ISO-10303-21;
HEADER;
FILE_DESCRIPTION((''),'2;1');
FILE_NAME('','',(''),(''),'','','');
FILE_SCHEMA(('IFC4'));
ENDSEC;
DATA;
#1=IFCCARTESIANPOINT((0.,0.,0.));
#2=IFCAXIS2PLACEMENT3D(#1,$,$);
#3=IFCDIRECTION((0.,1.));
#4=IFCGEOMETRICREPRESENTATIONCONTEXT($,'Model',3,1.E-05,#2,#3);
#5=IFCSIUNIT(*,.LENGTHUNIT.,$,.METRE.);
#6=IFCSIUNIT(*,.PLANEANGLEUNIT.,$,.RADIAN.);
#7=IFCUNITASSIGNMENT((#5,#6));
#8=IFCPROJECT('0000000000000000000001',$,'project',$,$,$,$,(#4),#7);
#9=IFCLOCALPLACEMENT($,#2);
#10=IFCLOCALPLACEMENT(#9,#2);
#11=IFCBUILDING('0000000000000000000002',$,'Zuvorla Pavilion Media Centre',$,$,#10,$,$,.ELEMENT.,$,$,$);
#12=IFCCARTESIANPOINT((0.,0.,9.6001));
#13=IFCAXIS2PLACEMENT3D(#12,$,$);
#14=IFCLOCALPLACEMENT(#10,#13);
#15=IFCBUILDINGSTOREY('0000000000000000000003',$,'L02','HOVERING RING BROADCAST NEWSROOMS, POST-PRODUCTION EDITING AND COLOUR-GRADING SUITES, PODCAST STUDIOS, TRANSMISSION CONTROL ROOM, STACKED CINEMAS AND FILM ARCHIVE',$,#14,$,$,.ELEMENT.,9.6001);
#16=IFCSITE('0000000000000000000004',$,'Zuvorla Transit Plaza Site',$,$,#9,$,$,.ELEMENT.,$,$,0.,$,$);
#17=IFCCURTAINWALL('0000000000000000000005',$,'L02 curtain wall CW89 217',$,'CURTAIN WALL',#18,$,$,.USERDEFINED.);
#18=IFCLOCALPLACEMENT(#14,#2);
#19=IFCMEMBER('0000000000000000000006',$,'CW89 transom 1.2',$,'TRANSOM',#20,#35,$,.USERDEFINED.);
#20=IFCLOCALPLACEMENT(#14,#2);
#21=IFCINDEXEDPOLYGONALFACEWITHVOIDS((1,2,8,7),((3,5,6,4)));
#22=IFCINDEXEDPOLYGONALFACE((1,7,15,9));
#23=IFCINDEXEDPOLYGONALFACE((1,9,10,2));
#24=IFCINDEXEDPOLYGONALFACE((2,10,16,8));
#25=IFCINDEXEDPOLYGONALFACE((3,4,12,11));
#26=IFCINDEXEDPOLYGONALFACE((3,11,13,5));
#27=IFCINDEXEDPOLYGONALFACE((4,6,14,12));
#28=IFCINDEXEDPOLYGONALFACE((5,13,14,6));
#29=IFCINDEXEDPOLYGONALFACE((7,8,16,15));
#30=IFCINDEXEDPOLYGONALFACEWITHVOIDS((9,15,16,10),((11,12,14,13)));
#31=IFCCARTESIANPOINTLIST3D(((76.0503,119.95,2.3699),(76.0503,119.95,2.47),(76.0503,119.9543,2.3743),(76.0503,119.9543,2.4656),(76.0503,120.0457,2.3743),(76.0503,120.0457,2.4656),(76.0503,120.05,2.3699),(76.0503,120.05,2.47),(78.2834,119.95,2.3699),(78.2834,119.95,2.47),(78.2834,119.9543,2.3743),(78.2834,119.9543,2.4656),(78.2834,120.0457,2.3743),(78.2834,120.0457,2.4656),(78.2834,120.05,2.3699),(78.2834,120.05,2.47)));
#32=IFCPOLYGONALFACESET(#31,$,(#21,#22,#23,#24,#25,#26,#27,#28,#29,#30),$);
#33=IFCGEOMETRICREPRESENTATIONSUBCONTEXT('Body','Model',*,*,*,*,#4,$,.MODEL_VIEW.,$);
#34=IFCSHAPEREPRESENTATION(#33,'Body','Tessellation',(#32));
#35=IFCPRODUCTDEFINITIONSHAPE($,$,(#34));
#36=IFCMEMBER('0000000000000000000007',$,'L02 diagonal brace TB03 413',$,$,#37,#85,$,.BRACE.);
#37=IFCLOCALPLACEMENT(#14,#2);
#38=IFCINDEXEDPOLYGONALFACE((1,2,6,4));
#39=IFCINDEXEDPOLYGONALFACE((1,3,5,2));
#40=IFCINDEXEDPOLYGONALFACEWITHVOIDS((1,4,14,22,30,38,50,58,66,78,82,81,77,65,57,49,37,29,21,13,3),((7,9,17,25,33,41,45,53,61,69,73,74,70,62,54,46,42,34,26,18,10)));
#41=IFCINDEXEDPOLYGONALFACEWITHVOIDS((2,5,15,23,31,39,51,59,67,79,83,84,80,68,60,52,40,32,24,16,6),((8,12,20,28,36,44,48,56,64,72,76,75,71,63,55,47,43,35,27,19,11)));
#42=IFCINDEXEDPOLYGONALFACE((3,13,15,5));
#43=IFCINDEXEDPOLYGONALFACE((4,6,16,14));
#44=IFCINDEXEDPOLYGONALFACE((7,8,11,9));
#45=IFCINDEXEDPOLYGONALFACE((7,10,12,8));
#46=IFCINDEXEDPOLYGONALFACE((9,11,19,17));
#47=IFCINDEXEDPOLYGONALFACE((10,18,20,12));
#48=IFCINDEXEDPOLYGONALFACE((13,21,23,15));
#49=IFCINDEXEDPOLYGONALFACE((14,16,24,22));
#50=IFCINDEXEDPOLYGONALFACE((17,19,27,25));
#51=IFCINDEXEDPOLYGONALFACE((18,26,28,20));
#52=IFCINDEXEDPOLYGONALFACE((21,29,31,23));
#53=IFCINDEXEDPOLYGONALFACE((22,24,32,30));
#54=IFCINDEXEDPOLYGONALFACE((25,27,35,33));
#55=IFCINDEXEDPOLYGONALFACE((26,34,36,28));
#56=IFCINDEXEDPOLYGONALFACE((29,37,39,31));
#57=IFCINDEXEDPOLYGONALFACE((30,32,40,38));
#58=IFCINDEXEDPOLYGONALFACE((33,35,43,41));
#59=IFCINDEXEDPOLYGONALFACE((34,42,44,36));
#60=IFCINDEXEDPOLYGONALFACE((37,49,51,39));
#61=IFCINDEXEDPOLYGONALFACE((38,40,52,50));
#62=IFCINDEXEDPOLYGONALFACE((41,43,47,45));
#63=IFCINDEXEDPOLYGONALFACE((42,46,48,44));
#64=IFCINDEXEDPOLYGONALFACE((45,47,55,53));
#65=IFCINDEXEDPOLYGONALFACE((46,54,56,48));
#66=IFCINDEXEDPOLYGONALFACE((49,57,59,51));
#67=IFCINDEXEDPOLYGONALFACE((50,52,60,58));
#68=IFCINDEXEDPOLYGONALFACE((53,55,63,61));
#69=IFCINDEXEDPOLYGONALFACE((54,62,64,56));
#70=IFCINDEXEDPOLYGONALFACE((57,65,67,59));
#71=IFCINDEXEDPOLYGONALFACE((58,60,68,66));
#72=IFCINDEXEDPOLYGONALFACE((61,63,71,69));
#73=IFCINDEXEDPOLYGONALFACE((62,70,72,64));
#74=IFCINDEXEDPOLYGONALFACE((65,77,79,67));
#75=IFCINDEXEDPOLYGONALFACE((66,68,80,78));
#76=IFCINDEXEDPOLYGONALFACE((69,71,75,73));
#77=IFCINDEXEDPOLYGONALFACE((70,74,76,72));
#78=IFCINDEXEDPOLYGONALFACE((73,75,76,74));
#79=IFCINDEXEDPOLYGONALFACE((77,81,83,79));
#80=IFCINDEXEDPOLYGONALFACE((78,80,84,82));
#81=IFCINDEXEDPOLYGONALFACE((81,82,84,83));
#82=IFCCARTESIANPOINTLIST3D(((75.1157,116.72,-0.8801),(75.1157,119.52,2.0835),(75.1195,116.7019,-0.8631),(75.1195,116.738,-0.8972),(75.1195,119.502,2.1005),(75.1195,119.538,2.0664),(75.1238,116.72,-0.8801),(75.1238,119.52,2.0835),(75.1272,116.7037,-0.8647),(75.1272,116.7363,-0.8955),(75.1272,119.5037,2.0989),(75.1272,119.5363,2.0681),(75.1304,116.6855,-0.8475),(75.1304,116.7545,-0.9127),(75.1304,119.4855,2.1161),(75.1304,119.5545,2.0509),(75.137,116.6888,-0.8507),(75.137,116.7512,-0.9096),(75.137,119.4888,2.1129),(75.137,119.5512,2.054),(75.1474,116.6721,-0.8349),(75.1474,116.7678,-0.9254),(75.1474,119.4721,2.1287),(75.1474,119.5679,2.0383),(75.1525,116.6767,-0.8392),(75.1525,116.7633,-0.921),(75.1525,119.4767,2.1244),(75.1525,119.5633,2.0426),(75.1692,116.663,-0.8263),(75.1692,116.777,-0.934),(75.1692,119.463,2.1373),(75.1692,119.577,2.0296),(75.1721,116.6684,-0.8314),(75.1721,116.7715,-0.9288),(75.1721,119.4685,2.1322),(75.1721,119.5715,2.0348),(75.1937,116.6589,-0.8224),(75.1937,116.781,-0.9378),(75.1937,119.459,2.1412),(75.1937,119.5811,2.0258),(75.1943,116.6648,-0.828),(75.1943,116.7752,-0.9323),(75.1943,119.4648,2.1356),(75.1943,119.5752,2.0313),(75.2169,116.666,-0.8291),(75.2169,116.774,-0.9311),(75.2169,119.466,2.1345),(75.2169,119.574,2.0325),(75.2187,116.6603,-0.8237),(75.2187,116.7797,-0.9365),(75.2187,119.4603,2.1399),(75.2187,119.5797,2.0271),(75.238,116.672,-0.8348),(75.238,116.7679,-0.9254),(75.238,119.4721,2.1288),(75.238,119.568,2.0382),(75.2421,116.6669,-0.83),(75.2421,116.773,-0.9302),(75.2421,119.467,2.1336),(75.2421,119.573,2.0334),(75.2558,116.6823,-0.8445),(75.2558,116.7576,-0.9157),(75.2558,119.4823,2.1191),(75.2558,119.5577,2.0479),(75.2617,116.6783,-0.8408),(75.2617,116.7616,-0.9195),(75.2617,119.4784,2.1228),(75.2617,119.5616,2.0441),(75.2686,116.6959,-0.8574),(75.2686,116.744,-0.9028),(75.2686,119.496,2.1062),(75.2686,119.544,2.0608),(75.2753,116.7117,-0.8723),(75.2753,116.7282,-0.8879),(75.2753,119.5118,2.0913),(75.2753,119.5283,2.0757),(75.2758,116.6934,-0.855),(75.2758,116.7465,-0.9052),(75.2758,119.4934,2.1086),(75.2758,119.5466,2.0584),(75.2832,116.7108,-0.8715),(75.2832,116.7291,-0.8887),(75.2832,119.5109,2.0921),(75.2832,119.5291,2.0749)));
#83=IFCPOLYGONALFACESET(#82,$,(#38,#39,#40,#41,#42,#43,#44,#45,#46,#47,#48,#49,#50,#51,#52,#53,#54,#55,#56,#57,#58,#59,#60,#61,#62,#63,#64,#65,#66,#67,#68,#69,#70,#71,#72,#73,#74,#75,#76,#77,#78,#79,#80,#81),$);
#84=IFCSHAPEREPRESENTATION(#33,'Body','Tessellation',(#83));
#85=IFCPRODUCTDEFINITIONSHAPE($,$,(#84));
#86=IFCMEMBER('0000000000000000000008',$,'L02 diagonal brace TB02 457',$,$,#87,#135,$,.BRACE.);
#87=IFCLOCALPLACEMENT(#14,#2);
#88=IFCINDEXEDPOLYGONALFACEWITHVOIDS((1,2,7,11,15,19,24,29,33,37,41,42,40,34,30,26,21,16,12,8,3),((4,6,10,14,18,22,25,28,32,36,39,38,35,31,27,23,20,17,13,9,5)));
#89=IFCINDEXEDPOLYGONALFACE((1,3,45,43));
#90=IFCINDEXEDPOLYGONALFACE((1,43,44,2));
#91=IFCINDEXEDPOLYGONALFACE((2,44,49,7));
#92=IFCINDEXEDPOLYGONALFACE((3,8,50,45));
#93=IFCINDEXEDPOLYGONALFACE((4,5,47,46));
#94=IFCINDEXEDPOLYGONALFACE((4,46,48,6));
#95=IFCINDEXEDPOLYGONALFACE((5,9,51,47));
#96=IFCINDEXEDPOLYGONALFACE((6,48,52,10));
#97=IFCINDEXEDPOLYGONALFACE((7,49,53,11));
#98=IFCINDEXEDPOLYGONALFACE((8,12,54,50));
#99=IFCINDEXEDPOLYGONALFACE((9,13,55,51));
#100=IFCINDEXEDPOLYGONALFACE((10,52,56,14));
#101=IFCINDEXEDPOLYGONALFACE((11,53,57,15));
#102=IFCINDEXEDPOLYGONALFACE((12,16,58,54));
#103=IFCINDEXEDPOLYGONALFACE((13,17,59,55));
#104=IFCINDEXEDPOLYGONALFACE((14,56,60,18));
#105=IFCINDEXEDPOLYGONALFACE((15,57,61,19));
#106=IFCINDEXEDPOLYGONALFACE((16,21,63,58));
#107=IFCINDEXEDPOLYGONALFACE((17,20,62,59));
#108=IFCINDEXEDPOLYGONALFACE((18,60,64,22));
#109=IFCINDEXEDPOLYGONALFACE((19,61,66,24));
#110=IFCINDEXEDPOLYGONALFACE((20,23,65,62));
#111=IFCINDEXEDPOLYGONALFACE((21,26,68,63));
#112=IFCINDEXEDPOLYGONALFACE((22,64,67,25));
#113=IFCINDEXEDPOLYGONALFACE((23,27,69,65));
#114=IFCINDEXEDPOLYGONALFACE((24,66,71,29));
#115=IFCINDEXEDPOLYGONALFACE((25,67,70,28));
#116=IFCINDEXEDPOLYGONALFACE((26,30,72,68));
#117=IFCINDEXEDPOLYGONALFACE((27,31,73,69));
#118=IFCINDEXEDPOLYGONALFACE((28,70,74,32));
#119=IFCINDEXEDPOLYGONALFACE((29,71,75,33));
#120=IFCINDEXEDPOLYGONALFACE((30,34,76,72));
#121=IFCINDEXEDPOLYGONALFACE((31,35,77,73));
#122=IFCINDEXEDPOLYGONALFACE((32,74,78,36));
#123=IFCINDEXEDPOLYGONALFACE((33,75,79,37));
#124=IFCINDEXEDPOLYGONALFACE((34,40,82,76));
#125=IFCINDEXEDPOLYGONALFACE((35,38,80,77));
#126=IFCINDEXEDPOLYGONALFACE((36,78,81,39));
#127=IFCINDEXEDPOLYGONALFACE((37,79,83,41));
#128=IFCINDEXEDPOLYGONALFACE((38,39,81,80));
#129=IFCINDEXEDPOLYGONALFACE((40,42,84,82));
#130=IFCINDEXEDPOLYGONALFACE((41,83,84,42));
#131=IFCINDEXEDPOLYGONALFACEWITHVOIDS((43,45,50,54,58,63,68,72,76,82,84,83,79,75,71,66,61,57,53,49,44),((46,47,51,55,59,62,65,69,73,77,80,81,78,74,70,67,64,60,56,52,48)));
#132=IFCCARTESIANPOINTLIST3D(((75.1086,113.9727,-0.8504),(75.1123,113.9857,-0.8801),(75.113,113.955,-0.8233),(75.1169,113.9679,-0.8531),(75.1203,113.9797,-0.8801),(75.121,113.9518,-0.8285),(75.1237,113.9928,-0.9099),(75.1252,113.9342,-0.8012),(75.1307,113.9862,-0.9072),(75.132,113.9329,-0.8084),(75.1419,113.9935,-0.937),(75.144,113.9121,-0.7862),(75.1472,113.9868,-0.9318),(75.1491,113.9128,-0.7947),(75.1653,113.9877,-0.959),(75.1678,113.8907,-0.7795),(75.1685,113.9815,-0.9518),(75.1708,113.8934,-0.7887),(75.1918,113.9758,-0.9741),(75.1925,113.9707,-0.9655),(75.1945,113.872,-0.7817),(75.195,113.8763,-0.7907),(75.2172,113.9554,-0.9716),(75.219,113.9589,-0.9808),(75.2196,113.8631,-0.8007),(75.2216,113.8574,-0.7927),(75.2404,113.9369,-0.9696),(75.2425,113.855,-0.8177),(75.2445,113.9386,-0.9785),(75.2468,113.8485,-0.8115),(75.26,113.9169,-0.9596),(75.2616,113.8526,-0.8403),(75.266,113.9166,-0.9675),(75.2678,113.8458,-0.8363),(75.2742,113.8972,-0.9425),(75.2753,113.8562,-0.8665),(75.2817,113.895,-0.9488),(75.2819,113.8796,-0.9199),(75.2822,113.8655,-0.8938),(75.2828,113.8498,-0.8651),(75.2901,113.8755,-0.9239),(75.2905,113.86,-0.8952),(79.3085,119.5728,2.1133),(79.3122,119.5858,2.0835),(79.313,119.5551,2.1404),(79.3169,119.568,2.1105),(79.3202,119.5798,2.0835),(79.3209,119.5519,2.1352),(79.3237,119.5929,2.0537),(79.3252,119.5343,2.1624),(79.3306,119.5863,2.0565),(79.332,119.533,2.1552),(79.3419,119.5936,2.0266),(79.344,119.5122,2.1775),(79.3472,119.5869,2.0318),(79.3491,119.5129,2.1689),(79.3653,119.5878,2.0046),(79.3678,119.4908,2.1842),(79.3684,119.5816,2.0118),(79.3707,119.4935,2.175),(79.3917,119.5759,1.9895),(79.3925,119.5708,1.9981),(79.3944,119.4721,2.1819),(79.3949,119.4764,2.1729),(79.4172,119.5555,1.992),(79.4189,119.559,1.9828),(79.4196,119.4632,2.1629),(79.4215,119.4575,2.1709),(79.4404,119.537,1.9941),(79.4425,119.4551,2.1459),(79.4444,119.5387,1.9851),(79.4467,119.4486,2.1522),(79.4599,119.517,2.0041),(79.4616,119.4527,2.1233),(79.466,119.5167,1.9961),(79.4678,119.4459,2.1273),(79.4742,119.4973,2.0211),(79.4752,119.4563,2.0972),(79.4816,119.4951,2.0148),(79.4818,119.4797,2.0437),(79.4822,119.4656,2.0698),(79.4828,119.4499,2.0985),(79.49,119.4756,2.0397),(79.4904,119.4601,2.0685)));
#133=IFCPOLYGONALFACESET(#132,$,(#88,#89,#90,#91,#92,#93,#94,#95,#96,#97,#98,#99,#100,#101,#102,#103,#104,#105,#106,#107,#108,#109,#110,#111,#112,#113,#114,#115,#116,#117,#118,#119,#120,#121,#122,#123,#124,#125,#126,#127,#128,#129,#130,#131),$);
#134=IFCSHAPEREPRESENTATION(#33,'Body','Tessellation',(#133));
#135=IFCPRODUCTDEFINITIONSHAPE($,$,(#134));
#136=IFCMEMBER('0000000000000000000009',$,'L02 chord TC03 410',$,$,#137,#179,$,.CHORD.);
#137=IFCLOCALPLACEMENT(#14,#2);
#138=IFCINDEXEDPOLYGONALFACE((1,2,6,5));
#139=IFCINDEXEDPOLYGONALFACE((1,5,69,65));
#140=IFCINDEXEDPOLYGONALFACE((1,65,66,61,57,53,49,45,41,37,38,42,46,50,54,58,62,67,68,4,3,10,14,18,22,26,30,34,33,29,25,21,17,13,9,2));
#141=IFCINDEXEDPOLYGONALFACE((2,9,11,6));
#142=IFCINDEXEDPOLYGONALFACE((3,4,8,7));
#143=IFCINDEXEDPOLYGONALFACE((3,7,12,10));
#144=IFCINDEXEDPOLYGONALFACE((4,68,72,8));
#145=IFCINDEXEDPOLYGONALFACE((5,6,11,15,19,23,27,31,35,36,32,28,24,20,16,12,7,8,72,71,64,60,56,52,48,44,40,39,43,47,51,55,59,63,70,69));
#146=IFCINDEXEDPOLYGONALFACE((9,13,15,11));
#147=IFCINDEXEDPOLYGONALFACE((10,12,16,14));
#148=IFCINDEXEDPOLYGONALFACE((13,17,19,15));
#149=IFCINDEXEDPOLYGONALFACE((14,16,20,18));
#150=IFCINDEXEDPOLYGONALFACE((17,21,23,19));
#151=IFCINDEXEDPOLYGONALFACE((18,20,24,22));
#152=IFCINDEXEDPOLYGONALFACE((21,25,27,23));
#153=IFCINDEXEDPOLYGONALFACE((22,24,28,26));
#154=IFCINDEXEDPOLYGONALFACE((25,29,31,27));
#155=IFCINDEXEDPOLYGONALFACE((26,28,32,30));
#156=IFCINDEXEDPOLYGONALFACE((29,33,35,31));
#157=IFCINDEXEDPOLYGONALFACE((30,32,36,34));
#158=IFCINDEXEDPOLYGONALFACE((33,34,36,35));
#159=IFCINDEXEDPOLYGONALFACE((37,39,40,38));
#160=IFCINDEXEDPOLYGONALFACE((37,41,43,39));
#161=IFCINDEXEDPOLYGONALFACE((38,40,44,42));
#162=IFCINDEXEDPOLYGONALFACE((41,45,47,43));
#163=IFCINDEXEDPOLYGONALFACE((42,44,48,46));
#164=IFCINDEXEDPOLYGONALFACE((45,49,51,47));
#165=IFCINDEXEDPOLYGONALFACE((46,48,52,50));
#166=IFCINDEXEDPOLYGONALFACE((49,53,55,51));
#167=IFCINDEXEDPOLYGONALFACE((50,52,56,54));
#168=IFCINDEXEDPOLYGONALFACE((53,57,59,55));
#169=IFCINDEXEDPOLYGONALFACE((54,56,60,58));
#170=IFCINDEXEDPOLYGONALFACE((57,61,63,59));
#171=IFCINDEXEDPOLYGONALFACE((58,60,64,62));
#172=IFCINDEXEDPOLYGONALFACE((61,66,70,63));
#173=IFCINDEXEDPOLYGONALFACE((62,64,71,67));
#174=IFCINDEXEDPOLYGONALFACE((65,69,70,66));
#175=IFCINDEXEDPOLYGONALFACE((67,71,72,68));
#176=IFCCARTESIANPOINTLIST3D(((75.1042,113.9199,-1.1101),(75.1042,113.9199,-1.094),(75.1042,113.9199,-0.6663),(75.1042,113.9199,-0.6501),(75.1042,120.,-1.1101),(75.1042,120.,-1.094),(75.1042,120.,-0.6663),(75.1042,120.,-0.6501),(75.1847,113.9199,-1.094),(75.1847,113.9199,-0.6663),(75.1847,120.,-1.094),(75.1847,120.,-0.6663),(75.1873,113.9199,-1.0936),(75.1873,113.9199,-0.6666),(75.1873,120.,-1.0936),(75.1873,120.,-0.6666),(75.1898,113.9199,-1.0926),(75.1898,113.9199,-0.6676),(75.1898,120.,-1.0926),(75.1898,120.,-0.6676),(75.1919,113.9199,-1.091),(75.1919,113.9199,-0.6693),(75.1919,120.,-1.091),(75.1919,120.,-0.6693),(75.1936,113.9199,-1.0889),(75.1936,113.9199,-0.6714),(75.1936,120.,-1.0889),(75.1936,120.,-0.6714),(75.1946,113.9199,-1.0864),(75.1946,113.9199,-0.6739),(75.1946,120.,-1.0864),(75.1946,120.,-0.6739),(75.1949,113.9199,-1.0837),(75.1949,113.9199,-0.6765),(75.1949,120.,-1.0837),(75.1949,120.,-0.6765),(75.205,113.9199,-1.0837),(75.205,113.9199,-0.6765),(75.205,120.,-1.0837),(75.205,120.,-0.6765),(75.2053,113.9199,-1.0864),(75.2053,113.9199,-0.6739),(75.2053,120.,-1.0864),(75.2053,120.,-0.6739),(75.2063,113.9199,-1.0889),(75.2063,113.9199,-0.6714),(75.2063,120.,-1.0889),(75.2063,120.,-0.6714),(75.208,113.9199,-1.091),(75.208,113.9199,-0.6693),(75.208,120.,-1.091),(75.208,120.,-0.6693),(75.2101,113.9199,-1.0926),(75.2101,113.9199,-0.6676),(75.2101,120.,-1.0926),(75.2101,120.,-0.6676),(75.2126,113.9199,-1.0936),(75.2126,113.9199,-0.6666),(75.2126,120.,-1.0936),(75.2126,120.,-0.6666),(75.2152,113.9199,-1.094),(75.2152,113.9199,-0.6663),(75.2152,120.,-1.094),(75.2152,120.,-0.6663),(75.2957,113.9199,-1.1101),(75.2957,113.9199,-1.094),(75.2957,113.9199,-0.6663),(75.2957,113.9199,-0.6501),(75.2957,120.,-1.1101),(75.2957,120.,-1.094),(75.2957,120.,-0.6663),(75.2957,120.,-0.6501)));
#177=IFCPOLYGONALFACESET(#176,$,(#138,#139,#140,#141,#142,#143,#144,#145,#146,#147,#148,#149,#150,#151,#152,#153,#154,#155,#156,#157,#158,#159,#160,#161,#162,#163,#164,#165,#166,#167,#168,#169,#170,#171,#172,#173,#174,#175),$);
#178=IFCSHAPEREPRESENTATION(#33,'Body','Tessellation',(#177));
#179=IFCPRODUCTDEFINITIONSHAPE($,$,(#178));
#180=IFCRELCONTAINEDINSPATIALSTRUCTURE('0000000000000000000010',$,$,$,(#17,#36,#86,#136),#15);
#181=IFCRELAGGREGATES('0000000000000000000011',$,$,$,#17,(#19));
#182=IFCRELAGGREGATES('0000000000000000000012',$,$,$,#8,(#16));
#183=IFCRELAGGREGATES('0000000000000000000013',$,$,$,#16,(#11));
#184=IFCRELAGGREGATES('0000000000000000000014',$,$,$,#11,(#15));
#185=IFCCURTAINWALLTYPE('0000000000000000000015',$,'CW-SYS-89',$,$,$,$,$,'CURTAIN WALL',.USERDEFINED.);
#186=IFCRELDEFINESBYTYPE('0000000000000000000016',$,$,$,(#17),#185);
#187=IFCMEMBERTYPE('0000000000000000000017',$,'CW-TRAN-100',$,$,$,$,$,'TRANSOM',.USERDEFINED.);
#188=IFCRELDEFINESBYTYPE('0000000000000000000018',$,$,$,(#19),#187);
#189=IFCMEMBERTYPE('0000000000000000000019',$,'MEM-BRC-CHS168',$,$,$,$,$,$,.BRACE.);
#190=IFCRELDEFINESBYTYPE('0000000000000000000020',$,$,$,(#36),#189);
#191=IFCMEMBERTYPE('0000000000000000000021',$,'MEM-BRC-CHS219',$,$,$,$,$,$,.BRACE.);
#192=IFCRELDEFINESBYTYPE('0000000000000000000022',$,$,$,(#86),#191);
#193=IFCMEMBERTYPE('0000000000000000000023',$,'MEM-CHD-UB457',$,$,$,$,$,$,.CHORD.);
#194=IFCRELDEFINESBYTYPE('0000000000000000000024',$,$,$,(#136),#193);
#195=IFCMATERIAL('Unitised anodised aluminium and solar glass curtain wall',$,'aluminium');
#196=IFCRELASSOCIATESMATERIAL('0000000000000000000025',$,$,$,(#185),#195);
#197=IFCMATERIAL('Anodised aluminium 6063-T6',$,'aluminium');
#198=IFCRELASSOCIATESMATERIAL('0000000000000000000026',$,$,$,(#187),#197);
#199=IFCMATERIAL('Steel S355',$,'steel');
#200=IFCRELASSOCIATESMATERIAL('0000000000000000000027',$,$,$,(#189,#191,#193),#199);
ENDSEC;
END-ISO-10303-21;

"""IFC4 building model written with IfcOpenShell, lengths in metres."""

from ifc_helpers import new_model, si_unit, direction, frame, origin, origin_2d, place, context, subcontext, project, spatial, hollow_rectangle, hollow_circle, i_section, extrude, material, material_profile, profile_set, type_object, element, aggregate, save


model = new_model("IFC4")

# Units and contexts
model_context = context("Model", 3, precision=1e-05, world=origin(), true_north=direction((0.0, 1.0)))
body_context = subcontext(model_context, "Body", "Model", "MODEL_VIEW")
ifc_project = project(units=[si_unit("LENGTHUNIT", "METRE"), si_unit("PLANEANGLEUNIT", "RADIAN")], contexts=[model_context])

# Site, building, storey
site_placement = place(None, origin())
site = spatial("IfcSite", under=ifc_project, at=site_placement, Name="Zuvorla Transit Plaza Site", CompositionType="ELEMENT", RefElevation=0.0)
building_placement = place(site_placement, origin())
building = spatial("IfcBuilding", under=site, at=building_placement, Name="Zuvorla Pavilion Media Centre", CompositionType="ELEMENT")
storey_placement = place(building_placement, frame((0.0, 0.0, 9.6001)))
storey = spatial("IfcBuildingStorey", under=building, at=storey_placement, Name="L02", Description="HOVERING RING BROADCAST NEWSROOMS, POST-PRODUCTION EDITING AND COLOUR-GRADING SUITES, PODCAST STUDIOS, TRANSMISSION CONTROL ROOM, STACKED CINEMAS AND FILM ARCHIVE", CompositionType="ELEMENT", Elevation=9.6001)

# Shared definitions
ifc_material_1 = material(Name="Steel S355", Category="steel")

# Curtain wall
ifc_material_2 = material(Name="Unitised anodised aluminium and solar glass curtain wall", Category="aluminium")
ifc_material_3 = material(Name="Anodised aluminium 6063-T6", Category="aluminium")
curtain_wall_type_1 = type_object("IfcCurtainWallType", Name="CW-SYS-89", ElementType="CURTAIN WALL", PredefinedType="USERDEFINED", material=ifc_material_2)
curtain_wall_1_placement = place(storey_placement, origin())
curtain_wall_1 = element("IfcCurtainWall", 1, at=curtain_wall_1_placement, inside=storey, type_object=curtain_wall_type_1, Name="L02 curtain wall CW89 217", ObjectType="CURTAIN WALL", PredefinedType="USERDEFINED")

# Member
ifc_material_profile_1 = material_profile(ifc_material_3, hollow_rectangle(XDim=0.1001, YDim=0.1001, WallThickness=0.0044, at=origin_2d()), Name="ALU TRAN 100x100")
ifc_profile_set_1 = profile_set([ifc_material_profile_1], Name="Anodised aluminium 6063-T6")
member_type_1 = type_object("IfcMemberType", Name="CW-TRAN-100", ElementType="TRANSOM", PredefinedType="USERDEFINED", material=ifc_profile_set_1)
member_1_placement = place(storey_placement, frame((76.0503, 120.0, 2.4199), z_axis=(1.0, 0.0, 0.0), x_axis=(0.0, 1.0, 0.0)))
member_1 = element("IfcMember", 2, at=member_1_placement, type_object=member_type_1, Name="CW89 transom 1.2", ObjectType="TRANSOM", PredefinedType="USERDEFINED", context=body_context, shape_type="SweptSolid", body=[
    extrude(hollow_rectangle(XDim=0.1001, YDim=0.1001, WallThickness=0.0044, at=origin_2d()), origin(), (0.0, 0.0, 1.0), 2.2332),
])

# Members
ifc_material_profile_2 = material_profile(ifc_material_1, hollow_circle(Radius=0.0842, WallThickness=0.0081, at=origin_2d()), Name="CHS 168.3x8")
ifc_profile_set_2 = profile_set([ifc_material_profile_2], Name="Steel S355")
member_type_2 = type_object("IfcMemberType", Name="MEM-BRC-CHS168", PredefinedType="BRACE", material=ifc_profile_set_2)
member_2_placement = place(storey_placement, frame((75.2, 116.72, -0.8801), z_axis=(0.0, 0.686762, 0.726882), x_axis=(-1.0, 0.0, 0.0)))
element("IfcMember", 3, at=member_2_placement, inside=storey, type_object=member_type_2, Name="L02 diagonal brace TB03 413", PredefinedType="BRACE", context=body_context, shape_type="SweptSolid", body=[
    extrude(hollow_circle(Radius=0.0842, WallThickness=0.0081, at=origin_2d()), origin(), (0.0, 0.0, 1.0), 4.0771),
])
ifc_material_profile_3 = material_profile(ifc_material_1, hollow_circle(Radius=0.1096, WallThickness=0.01, at=origin_2d()), Name="CHS 219.1x10")
ifc_profile_set_3 = profile_set([ifc_material_profile_3], Name="Steel S355")
member_type_3 = type_object("IfcMemberType", Name="MEM-BRC-CHS219", PredefinedType="BRACE", material=ifc_profile_set_3)
member_3_placement = place(storey_placement, frame((75.2, 113.9199, -0.8801), z_axis=(0.552512, 0.736704, 0.38987), x_axis=(-0.800008, 0.599989, 0.0)))
element("IfcMember", 4, at=member_3_placement, inside=storey, type_object=member_type_3, Name="L02 diagonal brace TB02 457", PredefinedType="BRACE", context=body_context, shape_type="SweptSolid", body=[
    extrude(hollow_circle(Radius=0.1096, WallThickness=0.01, at=origin_2d()), origin(), (0.0, 0.0, 1.0), 7.6016),
])
ifc_material_profile_4 = material_profile(ifc_material_1, i_section(OverallWidth=0.1914, OverallDepth=0.46, WebThickness=0.01, FlangeThickness=0.0161, FilletRadius=0.0103, at=origin_2d()), Name="UB 457x191x82")
ifc_profile_set_4 = profile_set([ifc_material_profile_4], Name="Steel S355")
member_type_4 = type_object("IfcMemberType", Name="MEM-CHD-UB457", PredefinedType="CHORD", material=ifc_profile_set_4)
member_4_placement = place(storey_placement, frame((75.2, 113.9199, -0.8801), z_axis=(0.0, 1.0, 0.0), x_axis=(-1.0, 0.0, 0.0)))
element("IfcMember", 5, at=member_4_placement, inside=storey, type_object=member_type_4, Name="L02 chord TC03 410", PredefinedType="CHORD", context=body_context, shape_type="SweptSolid", body=[
    extrude(i_section(OverallWidth=0.1914, OverallDepth=0.46, WebThickness=0.01, FlangeThickness=0.0161, FilletRadius=0.0103, at=origin_2d()), origin(), (0.0, 0.0, 1.0), 6.0801),
])

aggregate(curtain_wall_1, [member_1])

save(model, "model.ifc")
